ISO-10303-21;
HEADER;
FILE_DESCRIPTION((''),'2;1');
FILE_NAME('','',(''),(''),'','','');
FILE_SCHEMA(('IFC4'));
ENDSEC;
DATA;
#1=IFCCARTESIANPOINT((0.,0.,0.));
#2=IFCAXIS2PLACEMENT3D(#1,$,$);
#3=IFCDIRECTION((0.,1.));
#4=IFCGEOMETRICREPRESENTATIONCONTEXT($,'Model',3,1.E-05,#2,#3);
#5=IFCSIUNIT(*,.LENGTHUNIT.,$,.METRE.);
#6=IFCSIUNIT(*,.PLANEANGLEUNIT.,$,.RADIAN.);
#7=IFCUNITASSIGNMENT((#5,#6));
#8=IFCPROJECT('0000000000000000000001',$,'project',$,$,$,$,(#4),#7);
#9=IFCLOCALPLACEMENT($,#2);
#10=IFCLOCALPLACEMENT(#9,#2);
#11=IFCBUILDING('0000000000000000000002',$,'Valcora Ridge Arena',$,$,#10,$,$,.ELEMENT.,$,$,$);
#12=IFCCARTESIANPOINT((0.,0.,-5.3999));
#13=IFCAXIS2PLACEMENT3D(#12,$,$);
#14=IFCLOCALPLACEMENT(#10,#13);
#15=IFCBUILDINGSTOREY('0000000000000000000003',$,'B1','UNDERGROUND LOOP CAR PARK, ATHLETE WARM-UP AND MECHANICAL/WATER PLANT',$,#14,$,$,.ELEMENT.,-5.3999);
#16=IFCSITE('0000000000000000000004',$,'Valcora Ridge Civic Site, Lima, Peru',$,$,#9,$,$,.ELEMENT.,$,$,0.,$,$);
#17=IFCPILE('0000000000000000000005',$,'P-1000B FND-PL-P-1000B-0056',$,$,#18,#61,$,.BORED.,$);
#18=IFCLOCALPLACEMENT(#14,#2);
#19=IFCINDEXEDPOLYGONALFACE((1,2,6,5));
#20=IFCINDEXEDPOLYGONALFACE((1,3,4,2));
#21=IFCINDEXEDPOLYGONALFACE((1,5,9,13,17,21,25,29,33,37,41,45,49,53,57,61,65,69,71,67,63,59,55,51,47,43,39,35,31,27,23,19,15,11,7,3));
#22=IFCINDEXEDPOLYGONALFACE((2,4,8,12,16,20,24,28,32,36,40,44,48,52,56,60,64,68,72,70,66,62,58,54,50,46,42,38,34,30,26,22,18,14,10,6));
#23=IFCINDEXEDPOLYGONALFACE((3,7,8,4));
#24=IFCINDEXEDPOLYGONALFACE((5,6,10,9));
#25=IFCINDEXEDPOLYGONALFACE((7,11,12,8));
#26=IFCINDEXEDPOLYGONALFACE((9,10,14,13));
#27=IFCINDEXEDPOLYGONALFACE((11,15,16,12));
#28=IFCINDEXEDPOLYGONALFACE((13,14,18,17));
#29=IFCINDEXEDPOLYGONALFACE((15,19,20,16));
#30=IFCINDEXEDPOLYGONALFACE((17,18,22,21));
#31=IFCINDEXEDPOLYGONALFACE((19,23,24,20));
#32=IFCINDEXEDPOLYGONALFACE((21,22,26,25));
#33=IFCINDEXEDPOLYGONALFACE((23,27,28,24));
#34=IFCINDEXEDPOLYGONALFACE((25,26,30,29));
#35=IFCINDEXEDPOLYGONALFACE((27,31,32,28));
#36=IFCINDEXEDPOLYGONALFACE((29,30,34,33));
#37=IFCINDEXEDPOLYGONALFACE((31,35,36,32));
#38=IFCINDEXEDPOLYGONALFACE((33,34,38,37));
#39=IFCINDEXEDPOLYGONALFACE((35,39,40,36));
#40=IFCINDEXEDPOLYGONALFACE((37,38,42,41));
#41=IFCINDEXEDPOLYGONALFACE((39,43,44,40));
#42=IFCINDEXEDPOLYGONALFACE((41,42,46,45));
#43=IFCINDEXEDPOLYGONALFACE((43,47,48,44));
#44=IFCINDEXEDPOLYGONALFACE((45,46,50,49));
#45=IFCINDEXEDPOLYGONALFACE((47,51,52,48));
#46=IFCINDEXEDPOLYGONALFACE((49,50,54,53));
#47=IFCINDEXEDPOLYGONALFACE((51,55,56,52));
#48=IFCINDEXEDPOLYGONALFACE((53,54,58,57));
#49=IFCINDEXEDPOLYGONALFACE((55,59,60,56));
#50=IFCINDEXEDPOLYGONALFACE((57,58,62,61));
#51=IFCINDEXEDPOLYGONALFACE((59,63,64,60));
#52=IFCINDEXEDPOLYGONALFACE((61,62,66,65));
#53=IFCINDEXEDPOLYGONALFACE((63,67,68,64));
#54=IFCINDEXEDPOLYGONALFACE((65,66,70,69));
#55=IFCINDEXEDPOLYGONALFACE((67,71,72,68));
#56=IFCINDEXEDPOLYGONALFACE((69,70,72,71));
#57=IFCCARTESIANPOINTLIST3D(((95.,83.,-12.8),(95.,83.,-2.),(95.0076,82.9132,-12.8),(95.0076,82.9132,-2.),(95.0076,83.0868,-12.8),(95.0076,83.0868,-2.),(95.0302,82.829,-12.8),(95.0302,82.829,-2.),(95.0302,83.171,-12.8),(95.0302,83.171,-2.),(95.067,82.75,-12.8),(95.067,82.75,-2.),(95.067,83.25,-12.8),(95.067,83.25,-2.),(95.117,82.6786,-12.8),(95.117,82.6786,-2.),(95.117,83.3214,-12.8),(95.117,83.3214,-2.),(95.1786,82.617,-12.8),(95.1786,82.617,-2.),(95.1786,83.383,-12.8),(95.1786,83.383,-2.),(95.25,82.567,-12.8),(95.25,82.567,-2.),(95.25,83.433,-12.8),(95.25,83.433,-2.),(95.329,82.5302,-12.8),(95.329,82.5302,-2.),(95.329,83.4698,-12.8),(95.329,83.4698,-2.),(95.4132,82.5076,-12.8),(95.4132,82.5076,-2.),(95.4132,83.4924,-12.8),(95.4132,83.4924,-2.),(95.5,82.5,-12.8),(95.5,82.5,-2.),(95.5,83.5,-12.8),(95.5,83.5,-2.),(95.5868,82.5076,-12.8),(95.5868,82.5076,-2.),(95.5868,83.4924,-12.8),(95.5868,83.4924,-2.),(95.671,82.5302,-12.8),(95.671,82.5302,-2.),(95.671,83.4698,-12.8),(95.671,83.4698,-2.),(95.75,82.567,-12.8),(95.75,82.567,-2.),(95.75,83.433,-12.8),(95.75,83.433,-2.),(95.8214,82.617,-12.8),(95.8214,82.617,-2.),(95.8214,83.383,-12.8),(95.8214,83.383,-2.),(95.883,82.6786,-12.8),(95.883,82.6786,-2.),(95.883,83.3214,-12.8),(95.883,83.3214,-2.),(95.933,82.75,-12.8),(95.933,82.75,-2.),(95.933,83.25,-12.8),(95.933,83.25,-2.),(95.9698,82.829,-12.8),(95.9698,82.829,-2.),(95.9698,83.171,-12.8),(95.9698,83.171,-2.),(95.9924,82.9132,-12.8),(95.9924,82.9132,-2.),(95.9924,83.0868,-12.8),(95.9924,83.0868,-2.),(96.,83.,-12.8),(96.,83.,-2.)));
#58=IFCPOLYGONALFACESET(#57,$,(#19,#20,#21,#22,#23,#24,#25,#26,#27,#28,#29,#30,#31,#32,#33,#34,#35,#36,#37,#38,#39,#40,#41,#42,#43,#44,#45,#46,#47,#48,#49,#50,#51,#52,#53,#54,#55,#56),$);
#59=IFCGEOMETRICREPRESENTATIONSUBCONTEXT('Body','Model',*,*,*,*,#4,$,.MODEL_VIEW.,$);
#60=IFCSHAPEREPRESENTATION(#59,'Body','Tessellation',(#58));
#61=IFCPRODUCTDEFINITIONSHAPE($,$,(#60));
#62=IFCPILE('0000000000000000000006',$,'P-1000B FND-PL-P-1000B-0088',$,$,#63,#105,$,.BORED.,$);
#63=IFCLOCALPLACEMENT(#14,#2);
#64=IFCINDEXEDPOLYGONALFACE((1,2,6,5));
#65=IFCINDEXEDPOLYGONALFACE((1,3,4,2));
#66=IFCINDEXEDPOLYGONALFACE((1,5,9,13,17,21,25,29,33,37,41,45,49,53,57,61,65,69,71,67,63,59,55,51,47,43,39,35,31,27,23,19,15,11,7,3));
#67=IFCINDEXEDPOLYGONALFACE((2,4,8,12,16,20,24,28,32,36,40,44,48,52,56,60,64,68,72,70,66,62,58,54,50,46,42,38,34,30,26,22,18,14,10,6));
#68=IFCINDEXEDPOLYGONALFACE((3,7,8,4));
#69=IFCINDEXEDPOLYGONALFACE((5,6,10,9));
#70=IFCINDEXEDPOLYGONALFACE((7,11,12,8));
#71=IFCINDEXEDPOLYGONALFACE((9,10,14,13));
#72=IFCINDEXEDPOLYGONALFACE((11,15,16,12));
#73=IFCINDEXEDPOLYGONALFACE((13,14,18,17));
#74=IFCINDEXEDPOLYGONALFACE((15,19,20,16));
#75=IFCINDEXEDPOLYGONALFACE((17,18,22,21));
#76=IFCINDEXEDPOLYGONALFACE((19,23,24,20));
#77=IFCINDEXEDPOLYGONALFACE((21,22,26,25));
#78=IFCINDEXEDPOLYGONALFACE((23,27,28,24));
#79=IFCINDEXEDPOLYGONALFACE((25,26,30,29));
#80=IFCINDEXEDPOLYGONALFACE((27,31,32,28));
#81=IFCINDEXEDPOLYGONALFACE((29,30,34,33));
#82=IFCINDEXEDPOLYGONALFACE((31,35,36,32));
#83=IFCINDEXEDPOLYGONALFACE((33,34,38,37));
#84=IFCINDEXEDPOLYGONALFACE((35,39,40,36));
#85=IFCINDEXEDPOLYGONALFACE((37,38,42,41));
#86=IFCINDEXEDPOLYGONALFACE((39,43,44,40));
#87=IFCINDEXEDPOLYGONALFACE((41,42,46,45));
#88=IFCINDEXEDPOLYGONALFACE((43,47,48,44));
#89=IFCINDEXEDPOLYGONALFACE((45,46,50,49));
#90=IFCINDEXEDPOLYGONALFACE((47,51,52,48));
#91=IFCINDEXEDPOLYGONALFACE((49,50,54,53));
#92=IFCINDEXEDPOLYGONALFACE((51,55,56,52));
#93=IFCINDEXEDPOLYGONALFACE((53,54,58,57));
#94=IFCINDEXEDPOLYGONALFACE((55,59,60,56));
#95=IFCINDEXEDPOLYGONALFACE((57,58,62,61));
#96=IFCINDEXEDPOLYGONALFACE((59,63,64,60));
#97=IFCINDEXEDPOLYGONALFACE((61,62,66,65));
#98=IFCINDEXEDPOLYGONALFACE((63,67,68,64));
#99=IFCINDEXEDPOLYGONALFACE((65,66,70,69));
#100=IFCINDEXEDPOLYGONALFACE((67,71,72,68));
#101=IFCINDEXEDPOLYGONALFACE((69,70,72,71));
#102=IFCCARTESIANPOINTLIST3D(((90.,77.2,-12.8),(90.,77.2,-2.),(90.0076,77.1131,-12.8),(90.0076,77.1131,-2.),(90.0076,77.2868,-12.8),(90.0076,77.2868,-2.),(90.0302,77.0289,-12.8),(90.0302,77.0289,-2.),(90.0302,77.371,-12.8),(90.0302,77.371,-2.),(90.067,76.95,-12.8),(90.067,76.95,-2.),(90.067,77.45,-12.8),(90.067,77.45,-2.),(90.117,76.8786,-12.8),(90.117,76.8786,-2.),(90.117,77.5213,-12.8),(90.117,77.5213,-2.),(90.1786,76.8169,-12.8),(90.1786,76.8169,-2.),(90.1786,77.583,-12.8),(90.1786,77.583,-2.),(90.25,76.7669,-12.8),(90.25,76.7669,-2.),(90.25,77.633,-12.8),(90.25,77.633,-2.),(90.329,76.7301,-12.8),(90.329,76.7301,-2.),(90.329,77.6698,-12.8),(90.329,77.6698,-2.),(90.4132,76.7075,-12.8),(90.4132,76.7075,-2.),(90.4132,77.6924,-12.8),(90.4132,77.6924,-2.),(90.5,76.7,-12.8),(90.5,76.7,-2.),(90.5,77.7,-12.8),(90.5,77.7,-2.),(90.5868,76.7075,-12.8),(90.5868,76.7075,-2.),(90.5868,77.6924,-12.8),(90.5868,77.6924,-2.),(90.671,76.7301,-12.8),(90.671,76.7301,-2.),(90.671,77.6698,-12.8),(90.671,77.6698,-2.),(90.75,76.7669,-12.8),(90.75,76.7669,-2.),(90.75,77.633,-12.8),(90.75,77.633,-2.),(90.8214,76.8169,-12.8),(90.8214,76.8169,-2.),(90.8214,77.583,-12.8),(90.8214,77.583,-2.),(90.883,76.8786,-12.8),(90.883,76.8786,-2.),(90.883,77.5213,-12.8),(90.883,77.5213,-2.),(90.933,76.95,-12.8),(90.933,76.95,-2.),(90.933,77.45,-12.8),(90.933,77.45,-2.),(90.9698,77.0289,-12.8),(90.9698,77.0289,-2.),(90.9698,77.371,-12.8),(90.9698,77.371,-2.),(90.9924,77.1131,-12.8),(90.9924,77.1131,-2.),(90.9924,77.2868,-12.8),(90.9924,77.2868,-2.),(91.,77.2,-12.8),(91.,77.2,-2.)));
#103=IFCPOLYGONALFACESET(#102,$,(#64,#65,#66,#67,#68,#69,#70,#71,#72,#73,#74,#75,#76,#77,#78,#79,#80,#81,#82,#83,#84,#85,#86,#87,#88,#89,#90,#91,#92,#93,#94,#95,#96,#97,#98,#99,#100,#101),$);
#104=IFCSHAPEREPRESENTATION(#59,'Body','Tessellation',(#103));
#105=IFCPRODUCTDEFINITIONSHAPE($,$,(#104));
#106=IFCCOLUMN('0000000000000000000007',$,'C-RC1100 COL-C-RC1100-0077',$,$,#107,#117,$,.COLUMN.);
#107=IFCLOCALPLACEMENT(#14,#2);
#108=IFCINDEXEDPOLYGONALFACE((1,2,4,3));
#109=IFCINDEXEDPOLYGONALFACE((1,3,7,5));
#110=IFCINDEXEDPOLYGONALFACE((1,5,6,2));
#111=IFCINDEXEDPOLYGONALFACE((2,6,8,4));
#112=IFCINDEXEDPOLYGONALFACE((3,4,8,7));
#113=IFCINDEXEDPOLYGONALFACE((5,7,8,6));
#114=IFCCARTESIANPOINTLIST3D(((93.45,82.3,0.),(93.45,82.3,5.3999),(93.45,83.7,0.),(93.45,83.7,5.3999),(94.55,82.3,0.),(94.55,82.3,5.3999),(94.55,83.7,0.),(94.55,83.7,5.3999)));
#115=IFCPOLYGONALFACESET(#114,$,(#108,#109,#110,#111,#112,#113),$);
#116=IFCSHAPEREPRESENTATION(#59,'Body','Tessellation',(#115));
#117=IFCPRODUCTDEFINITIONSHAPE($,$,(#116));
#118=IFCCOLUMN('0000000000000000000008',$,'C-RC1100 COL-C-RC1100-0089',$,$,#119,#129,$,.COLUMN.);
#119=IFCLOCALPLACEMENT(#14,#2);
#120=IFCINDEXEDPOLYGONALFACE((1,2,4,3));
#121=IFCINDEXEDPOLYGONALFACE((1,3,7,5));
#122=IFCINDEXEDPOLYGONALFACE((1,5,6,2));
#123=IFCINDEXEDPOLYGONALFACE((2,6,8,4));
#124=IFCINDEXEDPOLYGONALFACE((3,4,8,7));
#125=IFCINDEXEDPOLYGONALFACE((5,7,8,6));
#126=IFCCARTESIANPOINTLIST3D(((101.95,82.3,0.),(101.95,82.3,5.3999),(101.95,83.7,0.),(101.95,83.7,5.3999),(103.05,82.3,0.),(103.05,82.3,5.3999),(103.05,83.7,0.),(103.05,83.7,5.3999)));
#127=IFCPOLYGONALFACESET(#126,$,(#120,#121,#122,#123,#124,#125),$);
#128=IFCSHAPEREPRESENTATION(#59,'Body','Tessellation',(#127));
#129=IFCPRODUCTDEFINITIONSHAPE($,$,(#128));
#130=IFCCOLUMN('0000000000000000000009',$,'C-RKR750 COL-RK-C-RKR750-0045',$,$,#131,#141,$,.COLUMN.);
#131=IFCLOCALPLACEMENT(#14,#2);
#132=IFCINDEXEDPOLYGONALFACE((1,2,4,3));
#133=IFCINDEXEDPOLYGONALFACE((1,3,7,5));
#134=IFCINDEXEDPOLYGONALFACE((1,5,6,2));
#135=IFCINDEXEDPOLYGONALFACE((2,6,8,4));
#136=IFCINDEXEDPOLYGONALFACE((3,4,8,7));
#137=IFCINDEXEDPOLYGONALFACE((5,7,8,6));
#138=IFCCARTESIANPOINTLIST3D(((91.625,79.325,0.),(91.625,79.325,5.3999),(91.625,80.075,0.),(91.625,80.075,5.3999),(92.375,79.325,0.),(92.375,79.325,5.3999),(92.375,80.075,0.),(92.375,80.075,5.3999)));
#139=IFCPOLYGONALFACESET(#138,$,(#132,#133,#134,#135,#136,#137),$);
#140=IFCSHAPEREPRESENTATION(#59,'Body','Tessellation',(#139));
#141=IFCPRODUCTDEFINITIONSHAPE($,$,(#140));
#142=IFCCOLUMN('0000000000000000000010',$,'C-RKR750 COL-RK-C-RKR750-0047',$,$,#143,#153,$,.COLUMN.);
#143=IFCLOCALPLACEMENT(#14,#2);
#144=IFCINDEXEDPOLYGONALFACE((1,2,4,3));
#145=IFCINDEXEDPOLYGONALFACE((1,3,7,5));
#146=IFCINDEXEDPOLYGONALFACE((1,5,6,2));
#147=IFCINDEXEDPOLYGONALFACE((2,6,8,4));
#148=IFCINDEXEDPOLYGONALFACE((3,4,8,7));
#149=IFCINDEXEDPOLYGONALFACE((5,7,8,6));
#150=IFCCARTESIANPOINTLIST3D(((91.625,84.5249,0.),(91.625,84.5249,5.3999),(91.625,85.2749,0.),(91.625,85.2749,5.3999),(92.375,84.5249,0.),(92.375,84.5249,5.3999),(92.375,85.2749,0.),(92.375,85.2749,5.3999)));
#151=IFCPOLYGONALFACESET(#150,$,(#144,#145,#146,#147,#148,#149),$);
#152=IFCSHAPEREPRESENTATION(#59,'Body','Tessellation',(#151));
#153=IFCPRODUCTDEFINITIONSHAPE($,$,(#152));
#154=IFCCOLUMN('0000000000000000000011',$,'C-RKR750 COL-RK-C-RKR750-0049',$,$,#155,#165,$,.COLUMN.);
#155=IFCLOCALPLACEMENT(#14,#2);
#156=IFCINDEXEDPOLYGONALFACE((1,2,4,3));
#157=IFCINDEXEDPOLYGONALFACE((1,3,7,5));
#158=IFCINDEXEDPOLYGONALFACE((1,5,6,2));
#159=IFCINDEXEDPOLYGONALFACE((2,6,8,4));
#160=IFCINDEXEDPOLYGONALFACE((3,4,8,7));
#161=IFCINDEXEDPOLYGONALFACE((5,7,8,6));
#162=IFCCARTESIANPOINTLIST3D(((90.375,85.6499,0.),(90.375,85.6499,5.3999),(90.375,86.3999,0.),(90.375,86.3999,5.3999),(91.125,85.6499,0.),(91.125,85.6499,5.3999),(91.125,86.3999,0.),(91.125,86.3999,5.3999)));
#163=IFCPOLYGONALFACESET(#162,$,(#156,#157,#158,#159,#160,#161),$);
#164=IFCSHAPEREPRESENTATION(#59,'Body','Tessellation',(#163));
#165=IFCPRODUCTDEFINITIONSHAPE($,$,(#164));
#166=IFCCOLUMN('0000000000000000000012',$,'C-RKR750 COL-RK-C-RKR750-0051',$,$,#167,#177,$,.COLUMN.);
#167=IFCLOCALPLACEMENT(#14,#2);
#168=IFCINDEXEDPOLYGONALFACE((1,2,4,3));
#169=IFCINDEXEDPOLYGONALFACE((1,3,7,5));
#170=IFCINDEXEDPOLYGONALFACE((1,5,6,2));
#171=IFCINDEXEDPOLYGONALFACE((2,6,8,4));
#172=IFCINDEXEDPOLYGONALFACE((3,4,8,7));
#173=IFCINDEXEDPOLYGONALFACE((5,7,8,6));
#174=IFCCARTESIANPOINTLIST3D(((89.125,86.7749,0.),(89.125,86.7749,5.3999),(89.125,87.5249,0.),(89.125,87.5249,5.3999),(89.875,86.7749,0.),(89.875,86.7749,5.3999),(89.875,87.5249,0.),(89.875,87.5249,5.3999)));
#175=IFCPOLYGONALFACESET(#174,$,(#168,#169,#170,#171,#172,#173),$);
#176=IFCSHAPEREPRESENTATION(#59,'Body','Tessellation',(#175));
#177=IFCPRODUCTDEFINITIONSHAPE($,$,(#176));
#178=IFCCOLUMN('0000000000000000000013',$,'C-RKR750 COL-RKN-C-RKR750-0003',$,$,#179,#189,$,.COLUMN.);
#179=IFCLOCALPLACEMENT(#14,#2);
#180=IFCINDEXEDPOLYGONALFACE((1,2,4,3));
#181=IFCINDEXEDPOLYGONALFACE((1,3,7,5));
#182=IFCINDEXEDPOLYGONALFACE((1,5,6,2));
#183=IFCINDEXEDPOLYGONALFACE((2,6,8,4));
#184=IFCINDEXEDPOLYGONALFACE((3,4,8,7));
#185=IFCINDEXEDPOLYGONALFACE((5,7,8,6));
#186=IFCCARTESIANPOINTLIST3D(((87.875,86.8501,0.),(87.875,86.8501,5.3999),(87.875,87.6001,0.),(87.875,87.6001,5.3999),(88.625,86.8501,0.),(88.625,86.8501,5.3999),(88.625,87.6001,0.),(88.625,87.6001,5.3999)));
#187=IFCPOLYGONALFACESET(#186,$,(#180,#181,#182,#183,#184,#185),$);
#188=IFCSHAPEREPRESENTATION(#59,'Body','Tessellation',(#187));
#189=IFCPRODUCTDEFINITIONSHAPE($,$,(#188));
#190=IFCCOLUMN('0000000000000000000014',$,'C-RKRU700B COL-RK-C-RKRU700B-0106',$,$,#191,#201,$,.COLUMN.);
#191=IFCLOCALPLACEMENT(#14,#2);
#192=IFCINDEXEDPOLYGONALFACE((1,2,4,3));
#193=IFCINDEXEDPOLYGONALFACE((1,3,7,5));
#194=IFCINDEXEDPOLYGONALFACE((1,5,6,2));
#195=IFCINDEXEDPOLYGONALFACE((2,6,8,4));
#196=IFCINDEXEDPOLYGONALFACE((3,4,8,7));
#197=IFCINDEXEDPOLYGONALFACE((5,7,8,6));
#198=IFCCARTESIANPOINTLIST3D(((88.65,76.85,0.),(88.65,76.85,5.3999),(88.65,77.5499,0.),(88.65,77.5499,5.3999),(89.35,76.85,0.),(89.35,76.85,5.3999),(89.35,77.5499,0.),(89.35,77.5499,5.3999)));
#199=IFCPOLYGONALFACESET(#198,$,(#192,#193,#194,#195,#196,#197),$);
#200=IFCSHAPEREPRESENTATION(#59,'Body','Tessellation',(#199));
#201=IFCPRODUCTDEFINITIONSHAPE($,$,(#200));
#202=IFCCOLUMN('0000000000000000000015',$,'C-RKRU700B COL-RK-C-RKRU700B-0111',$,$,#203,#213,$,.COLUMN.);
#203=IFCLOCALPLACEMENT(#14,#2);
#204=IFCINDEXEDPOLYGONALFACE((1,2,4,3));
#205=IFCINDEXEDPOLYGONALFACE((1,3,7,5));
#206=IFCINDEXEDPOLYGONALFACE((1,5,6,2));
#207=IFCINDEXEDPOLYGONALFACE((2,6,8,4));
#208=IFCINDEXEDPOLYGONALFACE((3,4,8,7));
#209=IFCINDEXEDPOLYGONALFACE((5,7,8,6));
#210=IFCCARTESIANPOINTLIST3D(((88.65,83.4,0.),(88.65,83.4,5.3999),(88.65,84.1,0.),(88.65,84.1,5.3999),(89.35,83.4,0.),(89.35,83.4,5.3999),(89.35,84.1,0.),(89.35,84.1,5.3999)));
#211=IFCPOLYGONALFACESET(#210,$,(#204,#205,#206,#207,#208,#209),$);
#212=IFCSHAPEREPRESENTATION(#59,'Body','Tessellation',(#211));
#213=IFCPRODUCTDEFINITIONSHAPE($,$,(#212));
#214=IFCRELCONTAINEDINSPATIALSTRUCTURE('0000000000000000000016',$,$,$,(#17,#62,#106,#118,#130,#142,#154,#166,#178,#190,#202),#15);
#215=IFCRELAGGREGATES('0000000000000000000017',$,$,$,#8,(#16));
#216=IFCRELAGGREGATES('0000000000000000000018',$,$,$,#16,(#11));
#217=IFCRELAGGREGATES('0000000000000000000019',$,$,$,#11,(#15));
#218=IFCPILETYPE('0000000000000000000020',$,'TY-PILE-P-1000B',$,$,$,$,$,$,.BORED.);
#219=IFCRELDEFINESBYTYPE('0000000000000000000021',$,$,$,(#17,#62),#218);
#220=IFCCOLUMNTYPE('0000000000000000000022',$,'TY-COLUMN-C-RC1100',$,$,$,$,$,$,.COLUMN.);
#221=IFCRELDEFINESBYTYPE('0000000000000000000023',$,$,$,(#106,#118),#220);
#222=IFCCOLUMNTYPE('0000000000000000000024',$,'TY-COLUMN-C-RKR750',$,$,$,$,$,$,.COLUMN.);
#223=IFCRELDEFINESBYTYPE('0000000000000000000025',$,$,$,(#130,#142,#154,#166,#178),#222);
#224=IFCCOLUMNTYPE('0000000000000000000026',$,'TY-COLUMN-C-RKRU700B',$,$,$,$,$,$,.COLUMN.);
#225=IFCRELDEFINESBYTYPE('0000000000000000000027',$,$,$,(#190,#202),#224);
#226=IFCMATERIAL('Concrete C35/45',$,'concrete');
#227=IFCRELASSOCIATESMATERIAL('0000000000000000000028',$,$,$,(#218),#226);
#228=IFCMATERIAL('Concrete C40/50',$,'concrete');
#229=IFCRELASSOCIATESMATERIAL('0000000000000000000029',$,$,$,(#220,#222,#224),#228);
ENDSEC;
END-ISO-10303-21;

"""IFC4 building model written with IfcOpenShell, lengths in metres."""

from ifc_helpers import new_model, si_unit, direction, frame, origin, origin_2d, place, context, subcontext, project, spatial, rectangle, circle, extrude, material, material_profile, profile_set, type_object, element, save


model = new_model("IFC4")

# Units and contexts
model_context = context("Model", 3, precision=1e-05, world=origin(), true_north=direction((0.0, 1.0)))
body_context = subcontext(model_context, "Body", "Model", "MODEL_VIEW")
ifc_project = project(units=[si_unit("LENGTHUNIT", "METRE"), si_unit("PLANEANGLEUNIT", "RADIAN")], contexts=[model_context])

# Site, building, storey
site_placement = place(None, origin())
site = spatial("IfcSite", under=ifc_project, at=site_placement, Name="Valcora Ridge Civic Site, Lima, Peru", CompositionType="ELEMENT", RefElevation=0.0)
building_placement = place(site_placement, origin())
building = spatial("IfcBuilding", under=site, at=building_placement, Name="Valcora Ridge Arena", CompositionType="ELEMENT")
storey_placement = place(building_placement, frame((0.0, 0.0, -5.3999)))
storey = spatial("IfcBuildingStorey", under=building, at=storey_placement, Name="B1", Description="UNDERGROUND LOOP CAR PARK, ATHLETE WARM-UP AND MECHANICAL/WATER PLANT", CompositionType="ELEMENT", Elevation=-5.3999)

# Shared definitions
ifc_material_1 = material(Name="Concrete C40/50", Category="concrete")

# Piles
ifc_material_2 = material(Name="Concrete C35/45", Category="concrete")
ifc_material_profile_1 = material_profile(ifc_material_2, circle(Radius=0.5, at=origin_2d()), Name="BORED PILE D1000")
ifc_profile_set_1 = profile_set([ifc_material_profile_1], Name="Concrete C35/45")
pile_type_1 = type_object("IfcPileType", Name="TY-PILE-P-1000B", PredefinedType="BORED", material=ifc_profile_set_1)
for number, where, z_axis, x_axis, name in (
    (1, (95.5, 83.0, -2.0), (0.0, 0.0, -1.0), (1.0, 0.0, 0.0), "P-1000B FND-PL-P-1000B-0056"),
    (2, (90.5, 77.2, -2.0), (0.0, 0.0, -1.0), (1.0, 0.0, 0.0), "P-1000B FND-PL-P-1000B-0088"),
):
    element("IfcPile", number, at=place(storey_placement, frame(where, z_axis=z_axis, x_axis=x_axis)), inside=storey, type_object=pile_type_1, Name=name, PredefinedType="BORED", context=body_context, shape_type="SweptSolid", body=[
        extrude(circle(Radius=0.5, at=origin_2d()), origin(), (0.0, 0.0, 1.0), 10.8),
    ])

# Columns
ifc_material_profile_2 = material_profile(ifc_material_1, rectangle(XDim=1.1001, YDim=1.3999, at=origin_2d()), Name="RC 1100x1400")
ifc_profile_set_2 = profile_set([ifc_material_profile_2], Name="Concrete C40/50")
column_type_1 = type_object("IfcColumnType", Name="TY-COLUMN-C-RC1100", PredefinedType="COLUMN", material=ifc_profile_set_2)
for number, where, z_axis, x_axis, name in (
    (3, (94.0, 83.0, 0.0), (0.0, 0.0, 1.0), (1.0, 0.0, 0.0), "C-RC1100 COL-C-RC1100-0077"),
    (4, (102.5, 83.0, 0.0), (0.0, 0.0, 1.0), (1.0, 0.0, 0.0), "C-RC1100 COL-C-RC1100-0089"),
):
    element("IfcColumn", number, at=place(storey_placement, frame(where, z_axis=z_axis, x_axis=x_axis)), inside=storey, type_object=column_type_1, Name=name, PredefinedType="COLUMN", context=body_context, shape_type="SweptSolid", body=[
        extrude(rectangle(XDim=1.1001, YDim=1.3999, at=origin_2d()), origin(), (0.0, 0.0, 1.0), 5.3999),
    ])
ifc_material_profile_3 = material_profile(ifc_material_1, rectangle(XDim=0.75, YDim=0.75, at=origin_2d()), Name="RC 750x750")
ifc_profile_set_3 = profile_set([ifc_material_profile_3], Name="Concrete C40/50")
column_type_2 = type_object("IfcColumnType", Name="TY-COLUMN-C-RKR750", PredefinedType="COLUMN", material=ifc_profile_set_3)
for number, where, z_axis, x_axis, name in (
    (5, (92.0, 79.7, 0.0), (0.0, 0.0, 1.0), (1.0, 0.0, 0.0), "C-RKR750 COL-RK-C-RKR750-0045"),
    (6, (92.0, 84.8999, 0.0), (0.0, 0.0, 1.0), (1.0, 0.0, 0.0), "C-RKR750 COL-RK-C-RKR750-0047"),
    (7, (90.75, 86.0249, 0.0), (0.0, 0.0, 1.0), (1.0, 0.0, 0.0), "C-RKR750 COL-RK-C-RKR750-0049"),
    (8, (89.5, 87.1499, 0.0), (0.0, 0.0, 1.0), (1.0, 0.0, 0.0), "C-RKR750 COL-RK-C-RKR750-0051"),
    (9, (88.25, 87.2251, 0.0), (0.0, 0.0, 1.0), (1.0, 0.0, 0.0), "C-RKR750 COL-RKN-C-RKR750-0003"),
):
    element("IfcColumn", number, at=place(storey_placement, frame(where, z_axis=z_axis, x_axis=x_axis)), inside=storey, type_object=column_type_2, Name=name, PredefinedType="COLUMN", context=body_context, shape_type="SweptSolid", body=[
        extrude(rectangle(XDim=0.75, YDim=0.75, at=origin_2d()), origin(), (0.0, 0.0, 1.0), 5.3999),
    ])
ifc_material_profile_4 = material_profile(ifc_material_1, rectangle(XDim=0.7, YDim=0.7, at=origin_2d()), Name="RC 700x700")
ifc_profile_set_4 = profile_set([ifc_material_profile_4], Name="Concrete C40/50")
column_type_3 = type_object("IfcColumnType", Name="TY-COLUMN-C-RKRU700B", PredefinedType="COLUMN", material=ifc_profile_set_4)
for number, where, z_axis, x_axis, name in (
    (10, (89.0, 77.2, 0.0), (0.0, 0.0, 1.0), (1.0, 0.0, 0.0), "C-RKRU700B COL-RK-C-RKRU700B-0106"),
    (11, (89.0, 83.75, 0.0), (0.0, 0.0, 1.0), (1.0, 0.0, 0.0), "C-RKRU700B COL-RK-C-RKRU700B-0111"),
):
    element("IfcColumn", number, at=place(storey_placement, frame(where, z_axis=z_axis, x_axis=x_axis)), inside=storey, type_object=column_type_3, Name=name, PredefinedType="COLUMN", context=body_context, shape_type="SweptSolid", body=[
        extrude(rectangle(XDim=0.7, YDim=0.7, at=origin_2d()), origin(), (0.0, 0.0, 1.0), 5.3999),
    ])

save(model, "model.ifc")
